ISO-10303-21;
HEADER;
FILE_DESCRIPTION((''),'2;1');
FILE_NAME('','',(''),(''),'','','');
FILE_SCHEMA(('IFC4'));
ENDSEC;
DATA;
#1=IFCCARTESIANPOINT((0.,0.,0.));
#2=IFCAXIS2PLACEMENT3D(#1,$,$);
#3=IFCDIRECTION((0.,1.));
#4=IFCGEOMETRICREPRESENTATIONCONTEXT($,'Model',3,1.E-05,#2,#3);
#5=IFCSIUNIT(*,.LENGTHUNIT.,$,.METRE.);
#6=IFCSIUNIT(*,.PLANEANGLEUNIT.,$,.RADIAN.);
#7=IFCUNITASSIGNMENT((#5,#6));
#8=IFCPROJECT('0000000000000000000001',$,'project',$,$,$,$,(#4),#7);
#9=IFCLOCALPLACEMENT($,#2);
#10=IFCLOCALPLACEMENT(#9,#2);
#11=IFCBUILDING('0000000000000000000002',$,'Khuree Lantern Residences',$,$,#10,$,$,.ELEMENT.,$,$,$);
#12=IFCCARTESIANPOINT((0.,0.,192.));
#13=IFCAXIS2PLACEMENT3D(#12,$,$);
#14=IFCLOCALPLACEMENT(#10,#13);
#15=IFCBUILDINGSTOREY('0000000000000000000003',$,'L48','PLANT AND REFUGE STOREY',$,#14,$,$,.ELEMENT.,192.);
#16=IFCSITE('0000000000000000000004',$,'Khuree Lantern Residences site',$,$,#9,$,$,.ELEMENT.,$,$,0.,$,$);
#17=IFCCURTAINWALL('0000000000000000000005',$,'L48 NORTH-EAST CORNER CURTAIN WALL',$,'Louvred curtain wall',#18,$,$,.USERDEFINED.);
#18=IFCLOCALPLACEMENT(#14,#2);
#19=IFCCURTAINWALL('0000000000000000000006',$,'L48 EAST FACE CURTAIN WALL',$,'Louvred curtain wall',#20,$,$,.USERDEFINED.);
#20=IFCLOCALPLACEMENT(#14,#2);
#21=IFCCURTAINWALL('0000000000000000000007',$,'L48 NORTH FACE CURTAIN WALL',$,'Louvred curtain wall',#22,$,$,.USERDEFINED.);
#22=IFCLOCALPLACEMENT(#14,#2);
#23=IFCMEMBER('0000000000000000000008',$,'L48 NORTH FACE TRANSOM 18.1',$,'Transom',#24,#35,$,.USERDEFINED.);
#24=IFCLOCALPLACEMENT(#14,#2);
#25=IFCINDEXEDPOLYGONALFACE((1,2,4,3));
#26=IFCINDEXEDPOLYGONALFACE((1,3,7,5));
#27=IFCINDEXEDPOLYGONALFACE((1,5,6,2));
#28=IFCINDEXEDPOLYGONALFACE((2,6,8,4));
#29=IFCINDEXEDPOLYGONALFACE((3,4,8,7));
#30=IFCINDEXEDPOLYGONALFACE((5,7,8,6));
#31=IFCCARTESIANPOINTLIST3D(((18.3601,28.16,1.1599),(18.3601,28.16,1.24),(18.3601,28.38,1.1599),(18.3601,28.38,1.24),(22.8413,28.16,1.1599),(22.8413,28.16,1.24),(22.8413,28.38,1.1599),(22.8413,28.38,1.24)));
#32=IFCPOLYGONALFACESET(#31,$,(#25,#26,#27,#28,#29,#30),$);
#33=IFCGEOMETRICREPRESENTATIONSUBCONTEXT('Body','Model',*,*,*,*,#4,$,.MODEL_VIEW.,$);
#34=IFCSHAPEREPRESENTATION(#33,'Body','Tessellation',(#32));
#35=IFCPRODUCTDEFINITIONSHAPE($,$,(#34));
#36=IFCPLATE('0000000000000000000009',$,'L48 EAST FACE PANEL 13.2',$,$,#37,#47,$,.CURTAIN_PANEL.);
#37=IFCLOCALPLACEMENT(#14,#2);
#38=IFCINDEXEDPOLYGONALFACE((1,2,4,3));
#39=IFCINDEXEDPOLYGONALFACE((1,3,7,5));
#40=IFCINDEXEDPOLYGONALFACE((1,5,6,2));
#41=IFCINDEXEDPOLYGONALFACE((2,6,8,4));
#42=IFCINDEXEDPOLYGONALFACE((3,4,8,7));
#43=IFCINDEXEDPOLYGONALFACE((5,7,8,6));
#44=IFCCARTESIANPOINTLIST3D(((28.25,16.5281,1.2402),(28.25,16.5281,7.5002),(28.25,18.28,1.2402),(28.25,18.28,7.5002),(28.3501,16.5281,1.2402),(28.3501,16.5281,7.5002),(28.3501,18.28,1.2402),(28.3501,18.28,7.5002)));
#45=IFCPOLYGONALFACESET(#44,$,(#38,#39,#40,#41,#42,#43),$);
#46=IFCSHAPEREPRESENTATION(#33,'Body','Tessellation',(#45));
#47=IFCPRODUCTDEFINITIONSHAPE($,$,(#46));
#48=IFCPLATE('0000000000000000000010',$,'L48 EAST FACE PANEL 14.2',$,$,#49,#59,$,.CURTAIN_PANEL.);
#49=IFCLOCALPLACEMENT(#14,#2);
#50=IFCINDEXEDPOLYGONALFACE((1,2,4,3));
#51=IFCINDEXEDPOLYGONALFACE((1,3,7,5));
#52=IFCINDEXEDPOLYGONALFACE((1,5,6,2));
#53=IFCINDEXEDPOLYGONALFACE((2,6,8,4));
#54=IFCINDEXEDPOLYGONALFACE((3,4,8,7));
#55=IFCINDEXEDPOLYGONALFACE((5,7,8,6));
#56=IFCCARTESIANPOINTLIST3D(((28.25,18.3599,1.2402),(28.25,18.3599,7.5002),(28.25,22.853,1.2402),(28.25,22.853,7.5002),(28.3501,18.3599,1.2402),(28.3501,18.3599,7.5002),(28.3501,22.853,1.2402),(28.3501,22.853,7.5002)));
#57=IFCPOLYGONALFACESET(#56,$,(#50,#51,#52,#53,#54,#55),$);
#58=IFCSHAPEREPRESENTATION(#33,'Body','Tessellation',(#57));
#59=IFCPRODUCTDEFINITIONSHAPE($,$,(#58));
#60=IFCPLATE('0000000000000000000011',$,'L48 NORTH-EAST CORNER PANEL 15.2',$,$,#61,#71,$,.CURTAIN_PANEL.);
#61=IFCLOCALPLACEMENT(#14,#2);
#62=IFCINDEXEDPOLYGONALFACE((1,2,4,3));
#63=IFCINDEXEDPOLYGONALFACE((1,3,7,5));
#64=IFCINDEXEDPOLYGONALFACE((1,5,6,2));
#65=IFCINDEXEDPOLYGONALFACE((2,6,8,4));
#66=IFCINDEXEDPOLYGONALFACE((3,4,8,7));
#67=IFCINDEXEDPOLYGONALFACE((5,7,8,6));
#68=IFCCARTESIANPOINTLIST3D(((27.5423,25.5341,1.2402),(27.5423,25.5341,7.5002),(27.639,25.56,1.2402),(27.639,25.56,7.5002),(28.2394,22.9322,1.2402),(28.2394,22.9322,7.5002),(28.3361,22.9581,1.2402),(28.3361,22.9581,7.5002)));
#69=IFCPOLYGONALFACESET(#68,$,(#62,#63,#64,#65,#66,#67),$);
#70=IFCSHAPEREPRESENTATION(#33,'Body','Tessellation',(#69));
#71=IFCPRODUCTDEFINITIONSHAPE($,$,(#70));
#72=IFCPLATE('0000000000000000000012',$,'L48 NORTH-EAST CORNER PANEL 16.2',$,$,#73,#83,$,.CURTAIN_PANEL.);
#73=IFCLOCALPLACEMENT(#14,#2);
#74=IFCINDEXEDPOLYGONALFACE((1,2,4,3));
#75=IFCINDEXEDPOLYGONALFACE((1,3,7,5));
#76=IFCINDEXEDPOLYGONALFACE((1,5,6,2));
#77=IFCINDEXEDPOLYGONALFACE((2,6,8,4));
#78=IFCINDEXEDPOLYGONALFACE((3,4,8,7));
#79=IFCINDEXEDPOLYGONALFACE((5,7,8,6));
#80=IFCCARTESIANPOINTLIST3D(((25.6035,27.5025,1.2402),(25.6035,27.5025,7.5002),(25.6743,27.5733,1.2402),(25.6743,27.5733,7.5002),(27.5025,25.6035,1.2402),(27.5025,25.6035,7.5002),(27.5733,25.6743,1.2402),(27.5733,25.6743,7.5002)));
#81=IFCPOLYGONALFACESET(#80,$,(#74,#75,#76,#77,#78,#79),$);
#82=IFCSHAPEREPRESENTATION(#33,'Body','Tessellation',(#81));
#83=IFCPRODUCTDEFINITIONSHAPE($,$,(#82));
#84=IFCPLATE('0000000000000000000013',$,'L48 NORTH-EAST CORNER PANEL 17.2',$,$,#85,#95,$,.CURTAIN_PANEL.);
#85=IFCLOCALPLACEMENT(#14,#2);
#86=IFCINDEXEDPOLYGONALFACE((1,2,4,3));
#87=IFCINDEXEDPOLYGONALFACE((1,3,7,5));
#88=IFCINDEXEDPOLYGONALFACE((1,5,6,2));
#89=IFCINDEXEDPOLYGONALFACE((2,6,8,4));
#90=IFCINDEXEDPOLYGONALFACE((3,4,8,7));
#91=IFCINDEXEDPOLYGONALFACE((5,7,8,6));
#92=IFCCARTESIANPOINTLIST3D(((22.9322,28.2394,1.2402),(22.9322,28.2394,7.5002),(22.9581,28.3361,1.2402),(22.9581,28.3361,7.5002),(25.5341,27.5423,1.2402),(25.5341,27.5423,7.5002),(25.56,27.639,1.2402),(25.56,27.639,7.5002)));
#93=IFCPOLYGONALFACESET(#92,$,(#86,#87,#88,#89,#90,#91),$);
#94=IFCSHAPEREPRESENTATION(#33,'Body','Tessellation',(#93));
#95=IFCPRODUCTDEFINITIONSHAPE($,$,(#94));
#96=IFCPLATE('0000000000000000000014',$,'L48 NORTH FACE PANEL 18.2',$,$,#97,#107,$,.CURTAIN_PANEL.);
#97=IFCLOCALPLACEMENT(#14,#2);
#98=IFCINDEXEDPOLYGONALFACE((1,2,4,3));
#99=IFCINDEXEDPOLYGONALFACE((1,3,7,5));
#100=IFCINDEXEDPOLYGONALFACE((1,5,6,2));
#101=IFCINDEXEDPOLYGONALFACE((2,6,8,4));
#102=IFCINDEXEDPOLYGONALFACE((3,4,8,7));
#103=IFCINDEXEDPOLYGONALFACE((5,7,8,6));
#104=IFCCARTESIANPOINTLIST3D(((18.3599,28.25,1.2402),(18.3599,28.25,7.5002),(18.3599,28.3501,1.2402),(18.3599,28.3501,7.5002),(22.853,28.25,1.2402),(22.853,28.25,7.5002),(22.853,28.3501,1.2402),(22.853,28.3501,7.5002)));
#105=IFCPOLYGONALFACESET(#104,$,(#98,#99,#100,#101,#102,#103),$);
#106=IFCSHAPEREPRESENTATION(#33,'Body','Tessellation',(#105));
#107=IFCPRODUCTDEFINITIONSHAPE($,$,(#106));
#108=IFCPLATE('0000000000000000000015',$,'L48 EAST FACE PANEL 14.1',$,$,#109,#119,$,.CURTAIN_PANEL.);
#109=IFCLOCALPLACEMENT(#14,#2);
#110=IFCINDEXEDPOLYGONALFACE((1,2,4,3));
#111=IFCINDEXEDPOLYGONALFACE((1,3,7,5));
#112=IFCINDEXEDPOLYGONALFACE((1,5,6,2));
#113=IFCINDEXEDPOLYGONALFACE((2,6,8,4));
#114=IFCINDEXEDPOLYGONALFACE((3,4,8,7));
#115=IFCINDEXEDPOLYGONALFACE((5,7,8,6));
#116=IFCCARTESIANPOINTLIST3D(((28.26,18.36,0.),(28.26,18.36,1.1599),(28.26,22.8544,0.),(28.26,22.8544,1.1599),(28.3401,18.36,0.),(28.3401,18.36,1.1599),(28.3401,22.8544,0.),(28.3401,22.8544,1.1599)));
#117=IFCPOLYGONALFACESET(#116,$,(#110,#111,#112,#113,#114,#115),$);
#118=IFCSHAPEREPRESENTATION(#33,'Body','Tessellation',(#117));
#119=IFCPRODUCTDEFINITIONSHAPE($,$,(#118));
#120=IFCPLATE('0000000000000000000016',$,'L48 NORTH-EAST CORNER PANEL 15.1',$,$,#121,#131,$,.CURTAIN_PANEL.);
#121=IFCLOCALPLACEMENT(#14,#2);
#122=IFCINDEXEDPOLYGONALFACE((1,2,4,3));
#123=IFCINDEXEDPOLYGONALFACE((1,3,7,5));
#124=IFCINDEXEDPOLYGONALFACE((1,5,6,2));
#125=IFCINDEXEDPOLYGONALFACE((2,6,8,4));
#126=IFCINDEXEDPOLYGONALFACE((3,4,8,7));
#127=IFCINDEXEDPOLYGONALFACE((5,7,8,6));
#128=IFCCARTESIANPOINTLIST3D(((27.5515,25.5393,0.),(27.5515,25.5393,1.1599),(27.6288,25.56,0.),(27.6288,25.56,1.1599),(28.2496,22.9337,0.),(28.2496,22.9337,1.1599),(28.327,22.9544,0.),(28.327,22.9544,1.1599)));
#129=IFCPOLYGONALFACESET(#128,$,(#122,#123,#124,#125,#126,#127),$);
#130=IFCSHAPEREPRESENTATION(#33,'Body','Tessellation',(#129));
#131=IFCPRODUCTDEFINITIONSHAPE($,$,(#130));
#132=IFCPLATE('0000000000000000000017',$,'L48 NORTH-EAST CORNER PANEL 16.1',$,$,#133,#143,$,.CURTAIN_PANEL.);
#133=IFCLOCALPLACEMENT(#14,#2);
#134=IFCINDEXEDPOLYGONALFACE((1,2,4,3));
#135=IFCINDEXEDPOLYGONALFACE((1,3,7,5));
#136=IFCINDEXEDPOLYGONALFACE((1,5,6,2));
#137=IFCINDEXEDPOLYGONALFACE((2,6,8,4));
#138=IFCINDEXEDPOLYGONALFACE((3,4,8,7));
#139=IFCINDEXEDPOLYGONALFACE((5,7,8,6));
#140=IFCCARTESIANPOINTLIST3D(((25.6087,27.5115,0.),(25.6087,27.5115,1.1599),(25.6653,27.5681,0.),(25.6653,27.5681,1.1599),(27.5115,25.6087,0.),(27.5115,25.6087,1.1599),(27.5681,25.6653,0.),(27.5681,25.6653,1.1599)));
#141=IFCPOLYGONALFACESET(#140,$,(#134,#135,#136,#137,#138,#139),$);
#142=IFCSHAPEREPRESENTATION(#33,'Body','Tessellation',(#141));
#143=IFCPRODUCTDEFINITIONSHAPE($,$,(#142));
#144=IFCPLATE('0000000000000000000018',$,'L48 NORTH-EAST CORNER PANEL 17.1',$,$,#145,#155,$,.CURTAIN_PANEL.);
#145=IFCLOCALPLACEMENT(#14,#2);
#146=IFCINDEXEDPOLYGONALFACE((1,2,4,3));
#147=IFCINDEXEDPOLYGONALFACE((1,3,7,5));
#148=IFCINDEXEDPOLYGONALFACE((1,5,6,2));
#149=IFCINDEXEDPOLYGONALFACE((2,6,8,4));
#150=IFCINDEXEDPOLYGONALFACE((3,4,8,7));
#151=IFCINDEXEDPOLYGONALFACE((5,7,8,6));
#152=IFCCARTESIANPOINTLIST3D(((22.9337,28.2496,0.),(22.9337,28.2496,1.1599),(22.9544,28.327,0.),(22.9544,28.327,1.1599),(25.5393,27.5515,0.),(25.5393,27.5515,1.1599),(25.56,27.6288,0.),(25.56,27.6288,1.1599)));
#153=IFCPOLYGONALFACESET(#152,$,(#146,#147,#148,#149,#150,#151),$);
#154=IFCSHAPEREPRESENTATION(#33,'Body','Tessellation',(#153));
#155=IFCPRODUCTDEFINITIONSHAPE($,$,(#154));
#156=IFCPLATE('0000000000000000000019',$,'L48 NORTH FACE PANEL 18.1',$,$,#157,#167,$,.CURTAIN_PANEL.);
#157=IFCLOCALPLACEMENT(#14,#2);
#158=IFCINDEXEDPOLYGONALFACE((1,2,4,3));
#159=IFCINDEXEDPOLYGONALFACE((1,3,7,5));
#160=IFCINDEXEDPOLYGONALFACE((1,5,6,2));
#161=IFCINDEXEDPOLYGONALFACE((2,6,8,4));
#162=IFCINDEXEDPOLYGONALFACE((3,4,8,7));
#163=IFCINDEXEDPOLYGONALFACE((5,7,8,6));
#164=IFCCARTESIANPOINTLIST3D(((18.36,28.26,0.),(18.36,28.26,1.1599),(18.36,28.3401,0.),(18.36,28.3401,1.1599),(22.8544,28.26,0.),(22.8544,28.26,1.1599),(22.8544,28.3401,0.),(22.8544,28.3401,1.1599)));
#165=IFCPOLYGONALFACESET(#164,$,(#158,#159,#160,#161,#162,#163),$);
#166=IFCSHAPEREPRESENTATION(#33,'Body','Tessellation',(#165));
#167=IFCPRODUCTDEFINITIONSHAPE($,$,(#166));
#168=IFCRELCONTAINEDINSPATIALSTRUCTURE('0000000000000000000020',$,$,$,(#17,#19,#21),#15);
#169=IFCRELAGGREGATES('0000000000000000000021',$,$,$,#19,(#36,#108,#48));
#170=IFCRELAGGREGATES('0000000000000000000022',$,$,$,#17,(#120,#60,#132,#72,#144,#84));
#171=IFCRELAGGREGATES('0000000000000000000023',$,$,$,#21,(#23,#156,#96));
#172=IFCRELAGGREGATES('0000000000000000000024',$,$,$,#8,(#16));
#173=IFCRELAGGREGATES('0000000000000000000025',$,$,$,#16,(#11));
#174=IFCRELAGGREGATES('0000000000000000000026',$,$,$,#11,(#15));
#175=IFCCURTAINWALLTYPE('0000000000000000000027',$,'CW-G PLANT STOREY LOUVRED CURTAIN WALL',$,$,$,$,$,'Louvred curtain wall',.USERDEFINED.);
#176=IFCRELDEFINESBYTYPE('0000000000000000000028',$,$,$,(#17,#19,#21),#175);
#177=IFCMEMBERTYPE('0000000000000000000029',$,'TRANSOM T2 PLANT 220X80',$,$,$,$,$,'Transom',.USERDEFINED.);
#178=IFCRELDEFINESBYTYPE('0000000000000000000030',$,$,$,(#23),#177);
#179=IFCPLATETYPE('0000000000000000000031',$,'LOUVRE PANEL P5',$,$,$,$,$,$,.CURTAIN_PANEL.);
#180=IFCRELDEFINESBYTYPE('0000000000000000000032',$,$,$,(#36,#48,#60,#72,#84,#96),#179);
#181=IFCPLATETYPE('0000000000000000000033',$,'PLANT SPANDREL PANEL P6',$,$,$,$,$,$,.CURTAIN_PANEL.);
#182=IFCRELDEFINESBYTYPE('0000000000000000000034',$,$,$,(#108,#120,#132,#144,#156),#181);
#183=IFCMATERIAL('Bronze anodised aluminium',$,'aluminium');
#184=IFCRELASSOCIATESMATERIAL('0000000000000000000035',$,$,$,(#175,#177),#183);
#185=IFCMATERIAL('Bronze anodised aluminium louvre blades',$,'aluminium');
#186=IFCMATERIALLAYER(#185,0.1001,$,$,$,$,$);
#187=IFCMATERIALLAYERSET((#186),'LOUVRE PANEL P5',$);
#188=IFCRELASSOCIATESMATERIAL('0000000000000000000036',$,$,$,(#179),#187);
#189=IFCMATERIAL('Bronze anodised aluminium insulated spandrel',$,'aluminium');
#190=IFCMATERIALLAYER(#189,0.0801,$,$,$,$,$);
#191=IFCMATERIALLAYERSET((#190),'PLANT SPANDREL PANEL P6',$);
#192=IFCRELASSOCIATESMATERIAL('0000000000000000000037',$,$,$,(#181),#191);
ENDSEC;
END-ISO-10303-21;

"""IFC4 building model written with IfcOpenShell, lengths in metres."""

from ifc_helpers import new_model, si_unit, direction, frame, origin, origin_2d, place, context, subcontext, project, spatial, rectangle, extrude, material, layer, layer_set, material_profile, profile_set, type_object, element, aggregate, save


model = new_model("IFC4")

# Units and contexts
model_context = context("Model", 3, precision=1e-05, world=origin(), true_north=direction((0.0, 1.0)))
body_context = subcontext(model_context, "Body", "Model", "MODEL_VIEW")
ifc_project = project(units=[si_unit("LENGTHUNIT", "METRE"), si_unit("PLANEANGLEUNIT", "RADIAN")], contexts=[model_context])

# Site, building, storey
site_placement = place(None, origin())
site = spatial("IfcSite", under=ifc_project, at=site_placement, Name="Khuree Lantern Residences site", CompositionType="ELEMENT", RefElevation=0.0)
building_placement = place(site_placement, origin())
building = spatial("IfcBuilding", under=site, at=building_placement, Name="Khuree Lantern Residences", CompositionType="ELEMENT")
storey_placement = place(building_placement, frame((0.0, 0.0, 192.0)))
storey = spatial("IfcBuildingStorey", under=building, at=storey_placement, Name="L48", Description="PLANT AND REFUGE STOREY", CompositionType="ELEMENT", Elevation=192.0)

# Curtain wall
ifc_material_1 = material(Name="Bronze anodised aluminium", Category="aluminium")
curtain_wall_type = type_object("IfcCurtainWallType", Name="CW-G PLANT STOREY LOUVRED CURTAIN WALL", ElementType="Louvred curtain wall", PredefinedType="USERDEFINED", material=ifc_material_1)
curtain_wall_1_placement = place(storey_placement, origin())
curtain_wall_1 = element("IfcCurtainWall", 1, at=curtain_wall_1_placement, inside=storey, type_object=curtain_wall_type, Name="L48 NORTH-EAST CORNER CURTAIN WALL", ObjectType="Louvred curtain wall", PredefinedType="USERDEFINED")

# Curtain wall
curtain_wall_2_placement = place(storey_placement, origin())
curtain_wall_2 = element("IfcCurtainWall", 2, at=curtain_wall_2_placement, inside=storey, type_object=curtain_wall_type, Name="L48 EAST FACE CURTAIN WALL", ObjectType="Louvred curtain wall", PredefinedType="USERDEFINED")

# Curtain wall
curtain_wall_3_placement = place(storey_placement, origin())
curtain_wall_3 = element("IfcCurtainWall", 3, at=curtain_wall_3_placement, inside=storey, type_object=curtain_wall_type, Name="L48 NORTH FACE CURTAIN WALL", ObjectType="Louvred curtain wall", PredefinedType="USERDEFINED")

# Member
ifc_material_profile_1 = material_profile(ifc_material_1, rectangle(XDim=0.22, YDim=0.0801, at=origin_2d()), Name="T2 220X80")
ifc_profile_set_1 = profile_set([ifc_material_profile_1], Name="Bronze anodised aluminium")
member_type_1 = type_object("IfcMemberType", Name="TRANSOM T2 PLANT 220X80", ElementType="Transom", PredefinedType="USERDEFINED", material=ifc_profile_set_1)
member_1_placement = place(storey_placement, frame((22.8413, 28.27, 1.2), z_axis=(-1.0, 0.0, 0.0), x_axis=(0.0, -1.0, 0.0)))
member_1 = element("IfcMember", 4, at=member_1_placement, type_object=member_type_1, Name="L48 NORTH FACE TRANSOM 18.1", ObjectType="Transom", PredefinedType="USERDEFINED", context=body_context, shape_type="SweptSolid", body=[
    extrude(rectangle(XDim=0.22, YDim=0.0801, at=origin_2d()), origin(), (0.0, 0.0, 1.0), 4.4812),
])

# Plates
ifc_material_2 = material(Name="Bronze anodised aluminium louvre blades", Category="aluminium")
ifc_layer_1 = layer(ifc_material_2, 0.1001)
ifc_layer_set_1 = layer_set([ifc_layer_1], Name="LOUVRE PANEL P5")
plate_type_1 = type_object("IfcPlateType", Name="LOUVRE PANEL P5", PredefinedType="CURTAIN_PANEL", material=ifc_layer_set_1)
plate_1_placement = place(storey_placement, frame((28.3, 17.4041, 1.2402), z_axis=(0.0, 0.0, 1.0), x_axis=(0.0, 1.0, 0.0)))
plate_1 = element("IfcPlate", 5, at=plate_1_placement, type_object=plate_type_1, Name="L48 EAST FACE PANEL 13.2", PredefinedType="CURTAIN_PANEL", context=body_context, shape_type="SweptSolid", body=[
    extrude(rectangle(XDim=1.752, YDim=0.1001, at=origin_2d()), origin(), (0.0, 0.0, 1.0), 6.26),
])
plate_2_placement = place(storey_placement, frame((28.3, 20.6064, 1.2402), z_axis=(0.0, 0.0, 1.0), x_axis=(0.0, 1.0, 0.0)))
plate_2 = element("IfcPlate", 6, at=plate_2_placement, type_object=plate_type_1, Name="L48 EAST FACE PANEL 14.2", PredefinedType="CURTAIN_PANEL", context=body_context, shape_type="SweptSolid", body=[
    extrude(rectangle(XDim=4.4932, YDim=0.1001, at=origin_2d()), origin(), (0.0, 0.0, 1.0), 6.26),
])
plate_3_placement = place(storey_placement, frame((27.9392, 24.2461, 1.2402), z_axis=(0.0, 0.0, 1.0), x_axis=(-0.258819, 0.965926, 0.0)))
plate_3 = element("IfcPlate", 7, at=plate_3_placement, type_object=plate_type_1, Name="L48 NORTH-EAST CORNER PANEL 15.2", PredefinedType="CURTAIN_PANEL", context=body_context, shape_type="SweptSolid", body=[
    extrude(rectangle(XDim=2.6936, YDim=0.1001, at=origin_2d()), origin(), (0.0, 0.0, 1.0), 6.26),
])
plate_4_placement = place(storey_placement, frame((26.5884, 26.5884, 1.2402), z_axis=(0.0, 0.0, 1.0), x_axis=(-0.707107, 0.707107, 0.0)))
plate_4 = element("IfcPlate", 8, at=plate_4_placement, type_object=plate_type_1, Name="L48 NORTH-EAST CORNER PANEL 16.2", PredefinedType="CURTAIN_PANEL", context=body_context, shape_type="SweptSolid", body=[
    extrude(rectangle(XDim=2.6855, YDim=0.1001, at=origin_2d()), origin(), (0.0, 0.0, 1.0), 6.26),
])
plate_5_placement = place(storey_placement, frame((24.2461, 27.9392, 1.2402), z_axis=(0.0, 0.0, 1.0), x_axis=(-0.965926, 0.258819, 0.0)))
plate_5 = element("IfcPlate", 9, at=plate_5_placement, type_object=plate_type_1, Name="L48 NORTH-EAST CORNER PANEL 17.2", PredefinedType="CURTAIN_PANEL", context=body_context, shape_type="SweptSolid", body=[
    extrude(rectangle(XDim=2.6936, YDim=0.1001, at=origin_2d()), origin(), (0.0, 0.0, 1.0), 6.26),
])
plate_6_placement = place(storey_placement, frame((20.6064, 28.3, 1.2402), z_axis=(0.0, 0.0, 1.0), x_axis=(-1.0, 0.0, 0.0)))
plate_6 = element("IfcPlate", 10, at=plate_6_placement, type_object=plate_type_1, Name="L48 NORTH FACE PANEL 18.2", PredefinedType="CURTAIN_PANEL", context=body_context, shape_type="SweptSolid", body=[
    extrude(rectangle(XDim=4.4932, YDim=0.1001, at=origin_2d()), origin(), (0.0, 0.0, 1.0), 6.26),
])
ifc_material_3 = material(Name="Bronze anodised aluminium insulated spandrel", Category="aluminium")
ifc_layer_2 = layer(ifc_material_3, 0.0801)
ifc_layer_set_2 = layer_set([ifc_layer_2], Name="PLANT SPANDREL PANEL P6")
plate_type_2 = type_object("IfcPlateType", Name="PLANT SPANDREL PANEL P6", PredefinedType="CURTAIN_PANEL", material=ifc_layer_set_2)
plate_7_placement = place(storey_placement, frame((28.3, 20.6072, 0.0), z_axis=(0.0, 0.0, 1.0), x_axis=(0.0, 1.0, 0.0)))
plate_7 = element("IfcPlate", 11, at=plate_7_placement, type_object=plate_type_2, Name="L48 EAST FACE PANEL 14.1", PredefinedType="CURTAIN_PANEL", context=body_context, shape_type="SweptSolid", body=[
    extrude(rectangle(XDim=4.4944, YDim=0.0801, at=origin_2d()), origin(), (0.0, 0.0, 1.0), 1.1599),
])
aggregate(curtain_wall_2, [plate_1, plate_7, plate_2])
plate_8_placement = place(storey_placement, frame((27.9392, 24.2468, 0.0), z_axis=(0.0, 0.0, 1.0), x_axis=(-0.258819, 0.965926, 0.0)))
plate_8 = element("IfcPlate", 12, at=plate_8_placement, type_object=plate_type_2, Name="L48 NORTH-EAST CORNER PANEL 15.1", PredefinedType="CURTAIN_PANEL", context=body_context, shape_type="SweptSolid", body=[
    extrude(rectangle(XDim=2.6975, YDim=0.0801, at=origin_2d()), origin(), (0.0, 0.0, 1.0), 1.1599),
])
plate_9_placement = place(storey_placement, frame((26.5884, 26.5884, 0.0), z_axis=(0.0, 0.0, 1.0), x_axis=(-0.707107, 0.707107, 0.0)))
plate_9 = element("IfcPlate", 13, at=plate_9_placement, type_object=plate_type_2, Name="L48 NORTH-EAST CORNER PANEL 16.1", PredefinedType="CURTAIN_PANEL", context=body_context, shape_type="SweptSolid", body=[
    extrude(rectangle(XDim=2.6909, YDim=0.0801, at=origin_2d()), origin(), (0.0, 0.0, 1.0), 1.1599),
])
plate_10_placement = place(storey_placement, frame((24.2468, 27.9392, 0.0), z_axis=(0.0, 0.0, 1.0), x_axis=(-0.965926, 0.258819, 0.0)))
plate_10 = element("IfcPlate", 14, at=plate_10_placement, type_object=plate_type_2, Name="L48 NORTH-EAST CORNER PANEL 17.1", PredefinedType="CURTAIN_PANEL", context=body_context, shape_type="SweptSolid", body=[
    extrude(rectangle(XDim=2.6975, YDim=0.0801, at=origin_2d()), origin(), (0.0, 0.0, 1.0), 1.1599),
])
aggregate(curtain_wall_1, [plate_8, plate_3, plate_9, plate_4, plate_10, plate_5])
plate_11_placement = place(storey_placement, frame((20.6072, 28.3, 0.0), z_axis=(0.0, 0.0, 1.0), x_axis=(-1.0, 0.0, 0.0)))
plate_11 = element("IfcPlate", 15, at=plate_11_placement, type_object=plate_type_2, Name="L48 NORTH FACE PANEL 18.1", PredefinedType="CURTAIN_PANEL", context=body_context, shape_type="SweptSolid", body=[
    extrude(rectangle(XDim=4.4944, YDim=0.0801, at=origin_2d()), origin(), (0.0, 0.0, 1.0), 1.1599),
])
aggregate(curtain_wall_3, [member_1, plate_11, plate_6])

save(model, "model.ifc")
